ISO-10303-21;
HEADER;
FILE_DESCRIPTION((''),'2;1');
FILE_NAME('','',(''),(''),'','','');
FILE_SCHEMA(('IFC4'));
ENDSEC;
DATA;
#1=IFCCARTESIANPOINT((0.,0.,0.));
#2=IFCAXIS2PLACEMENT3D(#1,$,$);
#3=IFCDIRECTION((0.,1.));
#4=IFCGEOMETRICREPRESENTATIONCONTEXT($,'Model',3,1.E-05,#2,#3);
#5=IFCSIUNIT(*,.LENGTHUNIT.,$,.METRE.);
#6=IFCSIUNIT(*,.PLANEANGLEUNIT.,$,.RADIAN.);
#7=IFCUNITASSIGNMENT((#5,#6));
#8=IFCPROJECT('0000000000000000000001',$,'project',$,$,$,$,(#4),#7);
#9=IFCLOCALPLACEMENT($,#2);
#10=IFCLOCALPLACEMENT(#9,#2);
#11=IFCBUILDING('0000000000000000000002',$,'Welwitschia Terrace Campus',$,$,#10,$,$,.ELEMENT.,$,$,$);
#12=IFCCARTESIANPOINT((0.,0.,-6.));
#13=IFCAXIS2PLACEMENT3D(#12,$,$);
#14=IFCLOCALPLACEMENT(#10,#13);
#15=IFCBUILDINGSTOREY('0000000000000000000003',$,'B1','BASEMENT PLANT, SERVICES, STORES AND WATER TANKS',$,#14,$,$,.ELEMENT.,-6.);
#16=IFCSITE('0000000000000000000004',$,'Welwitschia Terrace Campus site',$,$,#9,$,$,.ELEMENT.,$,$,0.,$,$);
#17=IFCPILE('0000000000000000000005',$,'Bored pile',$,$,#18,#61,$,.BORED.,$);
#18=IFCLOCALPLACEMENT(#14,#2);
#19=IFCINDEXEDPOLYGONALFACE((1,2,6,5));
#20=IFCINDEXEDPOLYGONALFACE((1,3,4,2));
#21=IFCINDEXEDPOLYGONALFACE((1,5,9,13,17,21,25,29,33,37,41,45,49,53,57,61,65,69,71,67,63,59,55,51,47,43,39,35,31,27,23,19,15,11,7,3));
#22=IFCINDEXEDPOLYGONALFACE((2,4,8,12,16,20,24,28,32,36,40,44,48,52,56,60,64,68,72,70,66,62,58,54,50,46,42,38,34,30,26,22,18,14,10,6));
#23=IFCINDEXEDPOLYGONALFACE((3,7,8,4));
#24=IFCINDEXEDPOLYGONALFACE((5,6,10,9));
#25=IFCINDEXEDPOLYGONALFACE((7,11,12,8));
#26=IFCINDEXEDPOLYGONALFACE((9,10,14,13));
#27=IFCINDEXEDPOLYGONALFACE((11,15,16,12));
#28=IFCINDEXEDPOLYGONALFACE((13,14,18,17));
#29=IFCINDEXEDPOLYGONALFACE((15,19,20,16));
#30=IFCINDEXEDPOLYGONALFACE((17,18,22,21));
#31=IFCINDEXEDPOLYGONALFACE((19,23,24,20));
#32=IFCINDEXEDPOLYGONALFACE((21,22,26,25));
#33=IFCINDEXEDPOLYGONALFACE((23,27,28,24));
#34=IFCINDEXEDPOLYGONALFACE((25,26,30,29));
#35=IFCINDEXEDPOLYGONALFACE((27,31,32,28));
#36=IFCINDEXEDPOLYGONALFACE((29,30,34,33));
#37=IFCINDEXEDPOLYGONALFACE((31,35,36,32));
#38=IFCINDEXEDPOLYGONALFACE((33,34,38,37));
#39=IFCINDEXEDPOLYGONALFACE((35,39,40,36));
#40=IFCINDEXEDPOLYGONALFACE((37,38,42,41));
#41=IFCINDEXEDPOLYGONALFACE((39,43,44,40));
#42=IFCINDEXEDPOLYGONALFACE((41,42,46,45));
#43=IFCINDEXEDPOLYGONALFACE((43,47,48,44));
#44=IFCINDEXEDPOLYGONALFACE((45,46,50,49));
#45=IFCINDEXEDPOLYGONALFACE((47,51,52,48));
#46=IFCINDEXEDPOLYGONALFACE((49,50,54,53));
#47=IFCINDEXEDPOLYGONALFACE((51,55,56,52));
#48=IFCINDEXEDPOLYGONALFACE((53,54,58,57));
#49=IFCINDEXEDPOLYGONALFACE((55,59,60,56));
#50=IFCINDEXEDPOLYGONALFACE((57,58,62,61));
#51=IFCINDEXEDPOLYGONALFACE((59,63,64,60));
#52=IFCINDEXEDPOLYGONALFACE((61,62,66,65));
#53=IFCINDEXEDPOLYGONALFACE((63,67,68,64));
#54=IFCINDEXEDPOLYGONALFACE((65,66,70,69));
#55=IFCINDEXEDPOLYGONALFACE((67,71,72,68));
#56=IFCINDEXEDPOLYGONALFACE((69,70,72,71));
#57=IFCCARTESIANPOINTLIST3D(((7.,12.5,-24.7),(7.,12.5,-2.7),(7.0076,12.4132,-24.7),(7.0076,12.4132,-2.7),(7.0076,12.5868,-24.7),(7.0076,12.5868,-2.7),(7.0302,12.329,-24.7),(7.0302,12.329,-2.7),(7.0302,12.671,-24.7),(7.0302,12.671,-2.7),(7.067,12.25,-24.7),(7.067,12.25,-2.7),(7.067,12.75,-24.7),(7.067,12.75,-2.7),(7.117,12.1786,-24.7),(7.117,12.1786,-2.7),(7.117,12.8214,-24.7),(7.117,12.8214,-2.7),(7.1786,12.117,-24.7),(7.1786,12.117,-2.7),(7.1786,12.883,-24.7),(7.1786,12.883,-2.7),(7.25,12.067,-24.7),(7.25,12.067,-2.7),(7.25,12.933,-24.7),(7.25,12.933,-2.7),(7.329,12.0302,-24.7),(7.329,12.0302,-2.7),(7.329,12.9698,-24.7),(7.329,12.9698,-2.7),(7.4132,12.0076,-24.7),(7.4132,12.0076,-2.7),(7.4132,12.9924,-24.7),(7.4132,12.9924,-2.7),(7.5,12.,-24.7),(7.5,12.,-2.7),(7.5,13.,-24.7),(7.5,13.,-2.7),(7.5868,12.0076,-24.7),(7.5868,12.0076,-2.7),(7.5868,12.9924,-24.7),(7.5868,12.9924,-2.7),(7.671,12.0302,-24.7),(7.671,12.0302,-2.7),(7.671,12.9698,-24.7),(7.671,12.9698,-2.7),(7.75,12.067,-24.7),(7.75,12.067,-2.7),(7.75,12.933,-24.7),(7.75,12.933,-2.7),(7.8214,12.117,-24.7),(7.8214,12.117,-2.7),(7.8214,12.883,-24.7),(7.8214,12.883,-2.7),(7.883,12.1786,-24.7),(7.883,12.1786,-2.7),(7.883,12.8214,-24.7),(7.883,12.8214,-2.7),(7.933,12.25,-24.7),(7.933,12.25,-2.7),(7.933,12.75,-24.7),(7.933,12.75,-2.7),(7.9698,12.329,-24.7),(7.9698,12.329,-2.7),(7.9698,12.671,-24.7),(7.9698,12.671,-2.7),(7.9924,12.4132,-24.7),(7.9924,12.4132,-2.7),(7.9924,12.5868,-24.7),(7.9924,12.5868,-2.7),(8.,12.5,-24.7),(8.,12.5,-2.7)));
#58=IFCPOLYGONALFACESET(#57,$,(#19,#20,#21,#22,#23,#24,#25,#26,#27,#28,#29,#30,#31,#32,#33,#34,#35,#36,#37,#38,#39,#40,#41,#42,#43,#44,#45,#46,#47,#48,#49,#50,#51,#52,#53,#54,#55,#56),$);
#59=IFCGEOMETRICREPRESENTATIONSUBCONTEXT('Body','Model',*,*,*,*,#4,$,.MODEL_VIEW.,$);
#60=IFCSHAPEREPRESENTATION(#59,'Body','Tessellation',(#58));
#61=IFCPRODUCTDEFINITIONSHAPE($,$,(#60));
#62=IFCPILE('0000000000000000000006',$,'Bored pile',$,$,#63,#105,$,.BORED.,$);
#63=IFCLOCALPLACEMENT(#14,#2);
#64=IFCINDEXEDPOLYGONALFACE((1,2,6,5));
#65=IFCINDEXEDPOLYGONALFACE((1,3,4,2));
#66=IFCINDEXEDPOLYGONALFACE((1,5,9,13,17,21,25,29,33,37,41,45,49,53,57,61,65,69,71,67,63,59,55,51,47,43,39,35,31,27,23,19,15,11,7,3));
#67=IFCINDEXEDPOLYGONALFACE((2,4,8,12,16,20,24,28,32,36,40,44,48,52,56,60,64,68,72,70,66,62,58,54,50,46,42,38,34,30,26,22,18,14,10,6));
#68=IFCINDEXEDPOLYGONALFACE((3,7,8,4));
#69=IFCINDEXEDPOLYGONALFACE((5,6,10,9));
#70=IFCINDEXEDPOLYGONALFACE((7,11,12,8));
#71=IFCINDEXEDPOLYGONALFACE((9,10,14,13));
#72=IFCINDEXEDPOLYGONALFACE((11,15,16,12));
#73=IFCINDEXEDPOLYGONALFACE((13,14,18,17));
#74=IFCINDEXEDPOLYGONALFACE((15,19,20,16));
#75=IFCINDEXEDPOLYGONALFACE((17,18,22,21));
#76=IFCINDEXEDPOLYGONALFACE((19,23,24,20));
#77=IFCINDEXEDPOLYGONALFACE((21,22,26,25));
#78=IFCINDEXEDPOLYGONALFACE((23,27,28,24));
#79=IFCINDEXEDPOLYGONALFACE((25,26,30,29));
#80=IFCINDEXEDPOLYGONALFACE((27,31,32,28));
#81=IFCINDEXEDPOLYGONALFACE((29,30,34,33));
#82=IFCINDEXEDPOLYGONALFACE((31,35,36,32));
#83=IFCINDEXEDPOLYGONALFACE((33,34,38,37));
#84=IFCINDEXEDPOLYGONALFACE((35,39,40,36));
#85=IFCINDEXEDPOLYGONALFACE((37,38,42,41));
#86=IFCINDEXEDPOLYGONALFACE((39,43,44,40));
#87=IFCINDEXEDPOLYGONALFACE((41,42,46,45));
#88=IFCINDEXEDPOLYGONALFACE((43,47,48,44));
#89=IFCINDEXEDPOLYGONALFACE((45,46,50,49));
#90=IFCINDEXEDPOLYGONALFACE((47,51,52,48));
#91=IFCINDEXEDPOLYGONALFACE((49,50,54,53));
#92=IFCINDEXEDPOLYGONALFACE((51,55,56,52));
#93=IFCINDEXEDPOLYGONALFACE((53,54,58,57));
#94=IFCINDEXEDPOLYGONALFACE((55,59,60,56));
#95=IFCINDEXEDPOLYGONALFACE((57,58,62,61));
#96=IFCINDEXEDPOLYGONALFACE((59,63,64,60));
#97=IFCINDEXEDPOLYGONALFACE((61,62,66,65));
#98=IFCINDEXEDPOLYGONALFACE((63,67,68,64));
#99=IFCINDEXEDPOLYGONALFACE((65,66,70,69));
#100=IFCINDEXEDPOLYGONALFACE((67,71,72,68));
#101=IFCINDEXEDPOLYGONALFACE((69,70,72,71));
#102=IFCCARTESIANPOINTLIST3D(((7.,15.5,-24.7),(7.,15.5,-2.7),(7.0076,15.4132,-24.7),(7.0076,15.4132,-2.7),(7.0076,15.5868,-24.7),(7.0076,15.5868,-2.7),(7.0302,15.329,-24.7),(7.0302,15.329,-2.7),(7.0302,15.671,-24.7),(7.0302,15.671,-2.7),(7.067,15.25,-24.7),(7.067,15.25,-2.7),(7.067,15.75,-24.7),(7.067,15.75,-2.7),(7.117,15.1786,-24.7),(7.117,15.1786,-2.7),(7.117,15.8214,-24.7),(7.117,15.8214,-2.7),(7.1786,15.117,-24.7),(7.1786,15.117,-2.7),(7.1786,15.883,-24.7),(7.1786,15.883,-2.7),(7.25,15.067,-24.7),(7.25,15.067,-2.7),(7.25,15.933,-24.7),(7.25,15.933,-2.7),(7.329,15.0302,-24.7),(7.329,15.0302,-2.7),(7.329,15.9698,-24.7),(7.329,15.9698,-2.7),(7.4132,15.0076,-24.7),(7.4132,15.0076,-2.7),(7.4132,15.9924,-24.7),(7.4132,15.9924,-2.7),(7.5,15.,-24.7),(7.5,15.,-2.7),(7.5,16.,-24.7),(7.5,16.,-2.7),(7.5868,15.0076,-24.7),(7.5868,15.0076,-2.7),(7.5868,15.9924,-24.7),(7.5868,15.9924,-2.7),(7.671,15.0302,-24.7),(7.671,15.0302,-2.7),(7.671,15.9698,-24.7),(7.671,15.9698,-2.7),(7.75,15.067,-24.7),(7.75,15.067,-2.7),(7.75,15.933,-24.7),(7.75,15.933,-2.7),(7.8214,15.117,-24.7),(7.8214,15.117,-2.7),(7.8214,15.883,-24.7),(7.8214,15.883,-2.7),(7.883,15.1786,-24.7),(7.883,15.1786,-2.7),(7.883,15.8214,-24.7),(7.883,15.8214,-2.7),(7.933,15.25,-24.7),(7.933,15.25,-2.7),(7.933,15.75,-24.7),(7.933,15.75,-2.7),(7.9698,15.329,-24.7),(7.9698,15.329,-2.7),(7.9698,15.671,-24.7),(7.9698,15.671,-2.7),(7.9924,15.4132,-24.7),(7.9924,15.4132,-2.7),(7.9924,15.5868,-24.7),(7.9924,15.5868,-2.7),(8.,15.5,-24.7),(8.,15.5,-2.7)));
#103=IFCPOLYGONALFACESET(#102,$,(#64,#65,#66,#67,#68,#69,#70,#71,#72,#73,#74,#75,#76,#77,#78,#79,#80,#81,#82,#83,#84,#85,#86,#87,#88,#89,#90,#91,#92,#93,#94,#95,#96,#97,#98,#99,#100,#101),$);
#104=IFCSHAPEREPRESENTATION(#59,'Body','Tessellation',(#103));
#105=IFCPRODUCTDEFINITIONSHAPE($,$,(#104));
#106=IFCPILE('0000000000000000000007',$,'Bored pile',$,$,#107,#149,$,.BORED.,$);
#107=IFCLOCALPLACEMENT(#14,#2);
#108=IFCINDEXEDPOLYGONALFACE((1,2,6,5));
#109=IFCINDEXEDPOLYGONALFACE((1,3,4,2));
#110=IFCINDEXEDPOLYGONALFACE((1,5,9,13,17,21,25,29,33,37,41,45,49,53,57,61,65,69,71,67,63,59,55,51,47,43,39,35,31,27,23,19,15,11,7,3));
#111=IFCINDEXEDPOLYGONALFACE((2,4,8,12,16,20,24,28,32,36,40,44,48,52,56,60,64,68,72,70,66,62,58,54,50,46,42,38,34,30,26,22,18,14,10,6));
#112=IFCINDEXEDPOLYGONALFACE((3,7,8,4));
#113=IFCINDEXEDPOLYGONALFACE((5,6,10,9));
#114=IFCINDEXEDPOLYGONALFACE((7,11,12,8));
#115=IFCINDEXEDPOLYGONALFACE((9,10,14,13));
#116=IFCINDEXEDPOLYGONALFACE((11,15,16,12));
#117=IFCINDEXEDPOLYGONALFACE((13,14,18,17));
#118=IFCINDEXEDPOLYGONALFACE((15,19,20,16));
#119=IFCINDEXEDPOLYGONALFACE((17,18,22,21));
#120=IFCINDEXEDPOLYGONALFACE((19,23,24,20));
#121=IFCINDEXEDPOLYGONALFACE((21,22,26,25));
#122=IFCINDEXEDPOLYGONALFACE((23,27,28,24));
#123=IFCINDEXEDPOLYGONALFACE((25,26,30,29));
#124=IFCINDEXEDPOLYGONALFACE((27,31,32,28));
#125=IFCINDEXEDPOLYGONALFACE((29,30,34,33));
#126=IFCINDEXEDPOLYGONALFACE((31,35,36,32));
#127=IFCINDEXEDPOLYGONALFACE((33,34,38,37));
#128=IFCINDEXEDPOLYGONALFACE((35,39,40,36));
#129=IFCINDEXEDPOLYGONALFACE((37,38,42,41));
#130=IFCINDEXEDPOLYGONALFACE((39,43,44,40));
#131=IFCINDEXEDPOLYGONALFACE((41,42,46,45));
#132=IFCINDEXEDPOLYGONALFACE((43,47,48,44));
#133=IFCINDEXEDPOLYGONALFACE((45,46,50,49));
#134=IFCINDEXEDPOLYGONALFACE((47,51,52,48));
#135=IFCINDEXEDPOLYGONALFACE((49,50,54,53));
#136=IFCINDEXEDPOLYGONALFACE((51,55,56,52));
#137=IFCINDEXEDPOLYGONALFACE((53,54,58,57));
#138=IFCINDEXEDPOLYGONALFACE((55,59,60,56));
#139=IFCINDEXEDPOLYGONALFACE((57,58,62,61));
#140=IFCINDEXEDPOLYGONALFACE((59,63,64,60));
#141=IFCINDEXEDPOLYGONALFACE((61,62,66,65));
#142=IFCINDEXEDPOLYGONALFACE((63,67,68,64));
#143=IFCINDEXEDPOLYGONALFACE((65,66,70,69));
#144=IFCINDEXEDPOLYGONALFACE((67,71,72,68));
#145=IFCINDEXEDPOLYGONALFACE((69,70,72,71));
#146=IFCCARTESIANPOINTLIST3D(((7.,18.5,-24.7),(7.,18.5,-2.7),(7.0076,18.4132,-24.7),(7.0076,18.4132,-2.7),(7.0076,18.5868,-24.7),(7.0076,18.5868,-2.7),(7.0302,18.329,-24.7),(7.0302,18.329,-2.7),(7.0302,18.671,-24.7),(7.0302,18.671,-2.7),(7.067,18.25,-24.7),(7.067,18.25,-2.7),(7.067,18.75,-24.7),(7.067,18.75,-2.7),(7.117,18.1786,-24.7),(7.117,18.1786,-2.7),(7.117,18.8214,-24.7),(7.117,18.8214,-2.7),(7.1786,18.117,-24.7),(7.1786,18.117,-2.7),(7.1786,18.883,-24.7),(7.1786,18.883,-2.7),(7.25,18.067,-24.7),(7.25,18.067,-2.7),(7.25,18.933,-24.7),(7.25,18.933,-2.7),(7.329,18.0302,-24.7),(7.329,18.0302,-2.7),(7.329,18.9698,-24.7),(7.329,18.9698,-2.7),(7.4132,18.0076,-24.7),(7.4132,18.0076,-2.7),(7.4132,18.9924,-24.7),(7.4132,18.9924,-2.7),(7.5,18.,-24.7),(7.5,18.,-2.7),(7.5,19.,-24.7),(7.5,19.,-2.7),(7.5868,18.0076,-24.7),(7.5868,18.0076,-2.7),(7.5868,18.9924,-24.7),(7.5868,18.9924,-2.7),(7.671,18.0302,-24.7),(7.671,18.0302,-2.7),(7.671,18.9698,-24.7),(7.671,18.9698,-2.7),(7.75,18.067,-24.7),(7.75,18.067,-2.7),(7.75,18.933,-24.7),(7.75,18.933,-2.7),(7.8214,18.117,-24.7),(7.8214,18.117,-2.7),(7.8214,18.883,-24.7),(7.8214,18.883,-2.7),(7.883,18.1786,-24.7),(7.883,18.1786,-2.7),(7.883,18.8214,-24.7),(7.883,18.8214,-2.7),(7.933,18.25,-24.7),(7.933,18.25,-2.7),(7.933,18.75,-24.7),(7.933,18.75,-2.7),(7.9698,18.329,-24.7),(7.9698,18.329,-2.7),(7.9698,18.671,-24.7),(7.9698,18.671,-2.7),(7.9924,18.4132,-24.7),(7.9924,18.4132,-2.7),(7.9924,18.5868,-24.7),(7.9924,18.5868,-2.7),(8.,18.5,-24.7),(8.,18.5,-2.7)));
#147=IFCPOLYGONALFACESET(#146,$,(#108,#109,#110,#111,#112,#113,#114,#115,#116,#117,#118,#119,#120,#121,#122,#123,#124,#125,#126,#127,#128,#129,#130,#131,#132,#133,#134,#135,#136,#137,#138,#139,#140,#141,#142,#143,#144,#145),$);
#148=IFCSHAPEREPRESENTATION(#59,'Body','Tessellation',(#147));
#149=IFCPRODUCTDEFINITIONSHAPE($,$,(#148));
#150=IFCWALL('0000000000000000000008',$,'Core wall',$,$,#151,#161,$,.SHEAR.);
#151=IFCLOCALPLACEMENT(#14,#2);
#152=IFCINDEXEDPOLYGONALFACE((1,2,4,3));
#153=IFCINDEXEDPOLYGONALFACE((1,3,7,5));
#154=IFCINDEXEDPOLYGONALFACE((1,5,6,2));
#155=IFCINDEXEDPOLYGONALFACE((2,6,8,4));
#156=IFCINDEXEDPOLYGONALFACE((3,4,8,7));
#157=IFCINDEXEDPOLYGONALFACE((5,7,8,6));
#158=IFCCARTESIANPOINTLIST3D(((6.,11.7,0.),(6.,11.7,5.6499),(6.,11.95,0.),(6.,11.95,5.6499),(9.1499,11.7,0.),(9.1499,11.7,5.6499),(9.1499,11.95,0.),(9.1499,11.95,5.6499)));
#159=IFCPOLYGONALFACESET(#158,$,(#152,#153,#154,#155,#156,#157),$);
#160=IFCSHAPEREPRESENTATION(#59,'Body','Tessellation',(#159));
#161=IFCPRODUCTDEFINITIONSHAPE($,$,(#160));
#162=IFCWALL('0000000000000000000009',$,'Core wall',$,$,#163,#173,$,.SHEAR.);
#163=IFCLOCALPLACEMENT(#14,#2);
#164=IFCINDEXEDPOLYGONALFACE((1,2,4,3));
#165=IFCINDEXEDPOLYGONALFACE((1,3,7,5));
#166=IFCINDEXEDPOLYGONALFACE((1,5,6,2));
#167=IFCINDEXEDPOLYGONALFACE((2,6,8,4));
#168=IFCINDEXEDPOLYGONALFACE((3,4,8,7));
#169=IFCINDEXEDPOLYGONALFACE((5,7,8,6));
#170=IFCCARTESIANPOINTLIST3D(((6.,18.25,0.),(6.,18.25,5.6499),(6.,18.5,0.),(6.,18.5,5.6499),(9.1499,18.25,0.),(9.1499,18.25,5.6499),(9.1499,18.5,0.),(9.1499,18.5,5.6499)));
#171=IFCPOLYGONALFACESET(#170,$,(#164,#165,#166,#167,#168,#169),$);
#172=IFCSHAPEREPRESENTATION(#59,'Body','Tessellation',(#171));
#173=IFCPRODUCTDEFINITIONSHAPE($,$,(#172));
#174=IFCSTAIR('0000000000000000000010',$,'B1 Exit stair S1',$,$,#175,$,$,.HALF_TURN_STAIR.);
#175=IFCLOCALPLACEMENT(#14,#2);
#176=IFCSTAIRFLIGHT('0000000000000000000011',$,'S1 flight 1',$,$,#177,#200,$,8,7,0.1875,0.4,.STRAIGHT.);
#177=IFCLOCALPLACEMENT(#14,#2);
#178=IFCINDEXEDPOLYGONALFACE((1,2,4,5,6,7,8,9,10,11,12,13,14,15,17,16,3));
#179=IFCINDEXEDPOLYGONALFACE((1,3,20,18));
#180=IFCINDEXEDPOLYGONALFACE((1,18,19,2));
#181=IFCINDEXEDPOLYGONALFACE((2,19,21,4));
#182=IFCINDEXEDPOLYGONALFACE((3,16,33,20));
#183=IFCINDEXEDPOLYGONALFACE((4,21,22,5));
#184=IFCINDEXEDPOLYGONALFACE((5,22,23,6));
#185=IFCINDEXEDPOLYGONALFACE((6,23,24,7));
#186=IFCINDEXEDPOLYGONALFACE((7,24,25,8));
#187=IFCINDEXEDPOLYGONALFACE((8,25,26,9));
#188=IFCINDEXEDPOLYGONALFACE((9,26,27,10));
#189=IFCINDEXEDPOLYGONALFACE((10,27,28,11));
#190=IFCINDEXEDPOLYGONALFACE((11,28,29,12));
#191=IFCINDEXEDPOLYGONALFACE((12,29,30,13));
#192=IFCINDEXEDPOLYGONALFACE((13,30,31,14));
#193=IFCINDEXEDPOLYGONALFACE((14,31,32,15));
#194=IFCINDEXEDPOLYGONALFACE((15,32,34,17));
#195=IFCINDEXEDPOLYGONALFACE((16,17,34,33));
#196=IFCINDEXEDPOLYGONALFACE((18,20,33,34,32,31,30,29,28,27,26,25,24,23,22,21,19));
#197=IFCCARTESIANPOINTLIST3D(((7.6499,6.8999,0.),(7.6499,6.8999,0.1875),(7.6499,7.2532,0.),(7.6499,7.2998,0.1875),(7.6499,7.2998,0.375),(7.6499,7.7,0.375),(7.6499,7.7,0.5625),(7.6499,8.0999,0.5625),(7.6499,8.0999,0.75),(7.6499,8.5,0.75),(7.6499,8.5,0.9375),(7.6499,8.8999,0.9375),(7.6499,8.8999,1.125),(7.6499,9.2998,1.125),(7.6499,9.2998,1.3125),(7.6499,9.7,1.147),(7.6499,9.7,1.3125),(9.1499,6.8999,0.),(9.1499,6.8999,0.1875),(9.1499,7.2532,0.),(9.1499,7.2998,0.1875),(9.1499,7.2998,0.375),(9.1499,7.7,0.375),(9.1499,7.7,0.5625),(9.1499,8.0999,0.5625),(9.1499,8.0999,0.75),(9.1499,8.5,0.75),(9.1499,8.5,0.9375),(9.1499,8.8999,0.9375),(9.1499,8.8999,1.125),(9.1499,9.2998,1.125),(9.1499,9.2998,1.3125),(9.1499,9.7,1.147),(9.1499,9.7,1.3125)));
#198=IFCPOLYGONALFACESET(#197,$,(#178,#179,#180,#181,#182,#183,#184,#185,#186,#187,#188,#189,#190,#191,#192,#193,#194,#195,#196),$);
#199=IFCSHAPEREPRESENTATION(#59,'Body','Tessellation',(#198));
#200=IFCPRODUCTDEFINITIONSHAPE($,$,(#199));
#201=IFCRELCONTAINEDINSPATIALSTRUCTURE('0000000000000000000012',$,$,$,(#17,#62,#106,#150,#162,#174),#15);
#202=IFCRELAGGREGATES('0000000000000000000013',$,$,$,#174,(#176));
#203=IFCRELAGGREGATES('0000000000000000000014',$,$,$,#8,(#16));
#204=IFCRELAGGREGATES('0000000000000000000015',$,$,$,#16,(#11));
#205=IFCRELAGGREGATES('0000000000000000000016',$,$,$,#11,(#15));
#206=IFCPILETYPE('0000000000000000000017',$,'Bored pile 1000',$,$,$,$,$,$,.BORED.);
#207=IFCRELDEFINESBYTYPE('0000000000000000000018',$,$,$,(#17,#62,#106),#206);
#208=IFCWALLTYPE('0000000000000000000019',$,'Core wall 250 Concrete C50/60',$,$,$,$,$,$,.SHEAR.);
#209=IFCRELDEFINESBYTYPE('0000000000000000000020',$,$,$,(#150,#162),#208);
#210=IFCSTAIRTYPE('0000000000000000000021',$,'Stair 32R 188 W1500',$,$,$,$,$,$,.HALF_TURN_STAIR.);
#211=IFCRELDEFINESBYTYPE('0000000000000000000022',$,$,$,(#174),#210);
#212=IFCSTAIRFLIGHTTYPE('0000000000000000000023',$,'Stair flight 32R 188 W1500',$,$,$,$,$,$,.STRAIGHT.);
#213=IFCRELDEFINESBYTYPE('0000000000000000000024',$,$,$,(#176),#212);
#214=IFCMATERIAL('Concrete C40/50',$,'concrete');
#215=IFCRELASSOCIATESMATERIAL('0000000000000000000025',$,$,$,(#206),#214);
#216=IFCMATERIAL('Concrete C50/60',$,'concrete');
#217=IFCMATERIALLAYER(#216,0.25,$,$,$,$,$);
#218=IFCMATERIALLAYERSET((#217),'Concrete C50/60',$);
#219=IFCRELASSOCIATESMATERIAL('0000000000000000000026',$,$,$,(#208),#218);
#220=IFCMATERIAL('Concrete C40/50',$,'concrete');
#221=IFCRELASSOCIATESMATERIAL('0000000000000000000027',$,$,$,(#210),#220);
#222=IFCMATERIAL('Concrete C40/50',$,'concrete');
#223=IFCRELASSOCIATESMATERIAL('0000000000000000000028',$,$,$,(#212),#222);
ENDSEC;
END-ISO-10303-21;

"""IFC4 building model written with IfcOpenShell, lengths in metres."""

from ifc_helpers import new_model, si_unit, direction, frame, frame_2d, origin, origin_2d, place, context, subcontext, project, spatial, polyline, rectangle, circle, outline, extrude, material, layer, layer_set, type_object, element, aggregate, save


model = new_model("IFC4")

# Units and contexts
model_context = context("Model", 3, precision=1e-05, world=origin(), true_north=direction((0.0, 1.0)))
body_context = subcontext(model_context, "Body", "Model", "MODEL_VIEW")
ifc_project = project(units=[si_unit("LENGTHUNIT", "METRE"), si_unit("PLANEANGLEUNIT", "RADIAN")], contexts=[model_context])

# Site, building, storey
site_placement = place(None, origin())
site = spatial("IfcSite", under=ifc_project, at=site_placement, Name="Welwitschia Terrace Campus site", CompositionType="ELEMENT", RefElevation=0.0)
building_placement = place(site_placement, origin())
building = spatial("IfcBuilding", under=site, at=building_placement, Name="Welwitschia Terrace Campus", CompositionType="ELEMENT")
storey_placement = place(building_placement, frame((0.0, 0.0, -6.0)))
storey = spatial("IfcBuildingStorey", under=building, at=storey_placement, Name="B1", Description="BASEMENT PLANT, SERVICES, STORES AND WATER TANKS", CompositionType="ELEMENT", Elevation=-6.0)

# Piles
ifc_material_1 = material(Name="Concrete C40/50", Category="concrete")
pile_type = type_object("IfcPileType", Name="Bored pile 1000", PredefinedType="BORED", material=ifc_material_1)
for number, where, z_axis, x_axis, name in (
    (1, (7.5, 12.5, -2.7), (0.0, 0.0, -1.0), (1.0, 0.0, 0.0), "Bored pile"),
    (2, (7.5, 15.5, -2.7), (0.0, 0.0, -1.0), (1.0, 0.0, 0.0), "Bored pile"),
    (3, (7.5, 18.5, -2.7), (0.0, 0.0, -1.0), (1.0, 0.0, 0.0), "Bored pile"),
):
    element("IfcPile", number, at=place(storey_placement, frame(where, z_axis=z_axis, x_axis=x_axis)), inside=storey, type_object=pile_type, Name=name, PredefinedType="BORED", context=body_context, shape_type="SweptSolid", body=[
        extrude(circle(Radius=0.5, at=origin_2d()), origin(), (0.0, 0.0, 1.0), 22.0),
    ])

# Walls
ifc_material_2 = material(Name="Concrete C50/60", Category="concrete")
ifc_layer = layer(ifc_material_2, 0.25)
ifc_layer_set = layer_set([ifc_layer], Name="Concrete C50/60")
wall_type = type_object("IfcWallType", Name="Core wall 250 Concrete C50/60", PredefinedType="SHEAR", material=ifc_layer_set)
for number, where, z_axis, x_axis, name in (
    (4, (6.0, 11.825, 0.0), (0.0, 0.0, 1.0), (1.0, 0.0, 0.0), "Core wall"),
    (5, (6.0, 18.375, 0.0), (0.0, 0.0, 1.0), (1.0, 0.0, 0.0), "Core wall"),
):
    element("IfcWall", number, at=place(storey_placement, frame(where, z_axis=z_axis, x_axis=x_axis)), inside=storey, type_object=wall_type, Name=name, PredefinedType="SHEAR", context=body_context, shape_type="SweptSolid", body=[
        extrude(rectangle(XDim=3.1499, YDim=0.25, at=frame_2d((1.575, 0.0))), origin(), (0.0, 0.0, 1.0), 5.6499),
    ])

# Stair, stair flight
ifc_material_3 = material(Name="Concrete C40/50", Category="concrete")
stair_type = type_object("IfcStairType", Name="Stair 32R 188 W1500", PredefinedType="HALF_TURN_STAIR", material=ifc_material_3)
stair_1_placement = place(storey_placement, origin())
stair_1 = element("IfcStair", 6, at=stair_1_placement, inside=storey, type_object=stair_type, Name="B1 Exit stair S1", PredefinedType="HALF_TURN_STAIR")
ifc_material_4 = material(Name="Concrete C40/50", Category="concrete")
stair_flight_type = type_object("IfcStairFlightType", Name="Stair flight 32R 188 W1500", PredefinedType="STRAIGHT", material=ifc_material_4)
stair_flight_1_placement = place(storey_placement, frame((8.3999, 6.8999, 0.0), z_axis=(0.0, 0.0, 1.0), x_axis=(0.0, 1.0, 0.0)))
stair_flight_1 = element("IfcStairFlight", 7, at=stair_flight_1_placement, type_object=stair_flight_type, Name="S1 flight 1", NumberOfRisers=8, NumberOfTreads=7, PredefinedType="STRAIGHT", RiserHeight=0.1875, TreadLength=0.4, context=body_context, shape_type="SweptSolid", body=[
    extrude(outline(polyline([(0.0, 0.0), (0.0, 0.1875), (0.3999, 0.1875), (0.3999, 0.375), (0.8, 0.375), (0.8, 0.5625), (1.2, 0.5625), (1.2, 0.75), (1.6001, 0.75), (1.6001, 0.9375), (2.0, 0.9375), (2.0, 1.125), (2.3999, 1.125), (2.3999, 1.3125), (2.8, 1.3125), (2.8, 1.5), (2.8, 1.147), (0.3533, 0.0), (0.0, 0.0)])), frame((0.0, 0.75, 0.0), z_axis=(0.0, -1.0, 0.0), x_axis=(1.0, 0.0, 0.0)), (0.0, 0.0, 1.0), 1.5),
])
aggregate(stair_1, [stair_flight_1])

save(model, "model.ifc")
